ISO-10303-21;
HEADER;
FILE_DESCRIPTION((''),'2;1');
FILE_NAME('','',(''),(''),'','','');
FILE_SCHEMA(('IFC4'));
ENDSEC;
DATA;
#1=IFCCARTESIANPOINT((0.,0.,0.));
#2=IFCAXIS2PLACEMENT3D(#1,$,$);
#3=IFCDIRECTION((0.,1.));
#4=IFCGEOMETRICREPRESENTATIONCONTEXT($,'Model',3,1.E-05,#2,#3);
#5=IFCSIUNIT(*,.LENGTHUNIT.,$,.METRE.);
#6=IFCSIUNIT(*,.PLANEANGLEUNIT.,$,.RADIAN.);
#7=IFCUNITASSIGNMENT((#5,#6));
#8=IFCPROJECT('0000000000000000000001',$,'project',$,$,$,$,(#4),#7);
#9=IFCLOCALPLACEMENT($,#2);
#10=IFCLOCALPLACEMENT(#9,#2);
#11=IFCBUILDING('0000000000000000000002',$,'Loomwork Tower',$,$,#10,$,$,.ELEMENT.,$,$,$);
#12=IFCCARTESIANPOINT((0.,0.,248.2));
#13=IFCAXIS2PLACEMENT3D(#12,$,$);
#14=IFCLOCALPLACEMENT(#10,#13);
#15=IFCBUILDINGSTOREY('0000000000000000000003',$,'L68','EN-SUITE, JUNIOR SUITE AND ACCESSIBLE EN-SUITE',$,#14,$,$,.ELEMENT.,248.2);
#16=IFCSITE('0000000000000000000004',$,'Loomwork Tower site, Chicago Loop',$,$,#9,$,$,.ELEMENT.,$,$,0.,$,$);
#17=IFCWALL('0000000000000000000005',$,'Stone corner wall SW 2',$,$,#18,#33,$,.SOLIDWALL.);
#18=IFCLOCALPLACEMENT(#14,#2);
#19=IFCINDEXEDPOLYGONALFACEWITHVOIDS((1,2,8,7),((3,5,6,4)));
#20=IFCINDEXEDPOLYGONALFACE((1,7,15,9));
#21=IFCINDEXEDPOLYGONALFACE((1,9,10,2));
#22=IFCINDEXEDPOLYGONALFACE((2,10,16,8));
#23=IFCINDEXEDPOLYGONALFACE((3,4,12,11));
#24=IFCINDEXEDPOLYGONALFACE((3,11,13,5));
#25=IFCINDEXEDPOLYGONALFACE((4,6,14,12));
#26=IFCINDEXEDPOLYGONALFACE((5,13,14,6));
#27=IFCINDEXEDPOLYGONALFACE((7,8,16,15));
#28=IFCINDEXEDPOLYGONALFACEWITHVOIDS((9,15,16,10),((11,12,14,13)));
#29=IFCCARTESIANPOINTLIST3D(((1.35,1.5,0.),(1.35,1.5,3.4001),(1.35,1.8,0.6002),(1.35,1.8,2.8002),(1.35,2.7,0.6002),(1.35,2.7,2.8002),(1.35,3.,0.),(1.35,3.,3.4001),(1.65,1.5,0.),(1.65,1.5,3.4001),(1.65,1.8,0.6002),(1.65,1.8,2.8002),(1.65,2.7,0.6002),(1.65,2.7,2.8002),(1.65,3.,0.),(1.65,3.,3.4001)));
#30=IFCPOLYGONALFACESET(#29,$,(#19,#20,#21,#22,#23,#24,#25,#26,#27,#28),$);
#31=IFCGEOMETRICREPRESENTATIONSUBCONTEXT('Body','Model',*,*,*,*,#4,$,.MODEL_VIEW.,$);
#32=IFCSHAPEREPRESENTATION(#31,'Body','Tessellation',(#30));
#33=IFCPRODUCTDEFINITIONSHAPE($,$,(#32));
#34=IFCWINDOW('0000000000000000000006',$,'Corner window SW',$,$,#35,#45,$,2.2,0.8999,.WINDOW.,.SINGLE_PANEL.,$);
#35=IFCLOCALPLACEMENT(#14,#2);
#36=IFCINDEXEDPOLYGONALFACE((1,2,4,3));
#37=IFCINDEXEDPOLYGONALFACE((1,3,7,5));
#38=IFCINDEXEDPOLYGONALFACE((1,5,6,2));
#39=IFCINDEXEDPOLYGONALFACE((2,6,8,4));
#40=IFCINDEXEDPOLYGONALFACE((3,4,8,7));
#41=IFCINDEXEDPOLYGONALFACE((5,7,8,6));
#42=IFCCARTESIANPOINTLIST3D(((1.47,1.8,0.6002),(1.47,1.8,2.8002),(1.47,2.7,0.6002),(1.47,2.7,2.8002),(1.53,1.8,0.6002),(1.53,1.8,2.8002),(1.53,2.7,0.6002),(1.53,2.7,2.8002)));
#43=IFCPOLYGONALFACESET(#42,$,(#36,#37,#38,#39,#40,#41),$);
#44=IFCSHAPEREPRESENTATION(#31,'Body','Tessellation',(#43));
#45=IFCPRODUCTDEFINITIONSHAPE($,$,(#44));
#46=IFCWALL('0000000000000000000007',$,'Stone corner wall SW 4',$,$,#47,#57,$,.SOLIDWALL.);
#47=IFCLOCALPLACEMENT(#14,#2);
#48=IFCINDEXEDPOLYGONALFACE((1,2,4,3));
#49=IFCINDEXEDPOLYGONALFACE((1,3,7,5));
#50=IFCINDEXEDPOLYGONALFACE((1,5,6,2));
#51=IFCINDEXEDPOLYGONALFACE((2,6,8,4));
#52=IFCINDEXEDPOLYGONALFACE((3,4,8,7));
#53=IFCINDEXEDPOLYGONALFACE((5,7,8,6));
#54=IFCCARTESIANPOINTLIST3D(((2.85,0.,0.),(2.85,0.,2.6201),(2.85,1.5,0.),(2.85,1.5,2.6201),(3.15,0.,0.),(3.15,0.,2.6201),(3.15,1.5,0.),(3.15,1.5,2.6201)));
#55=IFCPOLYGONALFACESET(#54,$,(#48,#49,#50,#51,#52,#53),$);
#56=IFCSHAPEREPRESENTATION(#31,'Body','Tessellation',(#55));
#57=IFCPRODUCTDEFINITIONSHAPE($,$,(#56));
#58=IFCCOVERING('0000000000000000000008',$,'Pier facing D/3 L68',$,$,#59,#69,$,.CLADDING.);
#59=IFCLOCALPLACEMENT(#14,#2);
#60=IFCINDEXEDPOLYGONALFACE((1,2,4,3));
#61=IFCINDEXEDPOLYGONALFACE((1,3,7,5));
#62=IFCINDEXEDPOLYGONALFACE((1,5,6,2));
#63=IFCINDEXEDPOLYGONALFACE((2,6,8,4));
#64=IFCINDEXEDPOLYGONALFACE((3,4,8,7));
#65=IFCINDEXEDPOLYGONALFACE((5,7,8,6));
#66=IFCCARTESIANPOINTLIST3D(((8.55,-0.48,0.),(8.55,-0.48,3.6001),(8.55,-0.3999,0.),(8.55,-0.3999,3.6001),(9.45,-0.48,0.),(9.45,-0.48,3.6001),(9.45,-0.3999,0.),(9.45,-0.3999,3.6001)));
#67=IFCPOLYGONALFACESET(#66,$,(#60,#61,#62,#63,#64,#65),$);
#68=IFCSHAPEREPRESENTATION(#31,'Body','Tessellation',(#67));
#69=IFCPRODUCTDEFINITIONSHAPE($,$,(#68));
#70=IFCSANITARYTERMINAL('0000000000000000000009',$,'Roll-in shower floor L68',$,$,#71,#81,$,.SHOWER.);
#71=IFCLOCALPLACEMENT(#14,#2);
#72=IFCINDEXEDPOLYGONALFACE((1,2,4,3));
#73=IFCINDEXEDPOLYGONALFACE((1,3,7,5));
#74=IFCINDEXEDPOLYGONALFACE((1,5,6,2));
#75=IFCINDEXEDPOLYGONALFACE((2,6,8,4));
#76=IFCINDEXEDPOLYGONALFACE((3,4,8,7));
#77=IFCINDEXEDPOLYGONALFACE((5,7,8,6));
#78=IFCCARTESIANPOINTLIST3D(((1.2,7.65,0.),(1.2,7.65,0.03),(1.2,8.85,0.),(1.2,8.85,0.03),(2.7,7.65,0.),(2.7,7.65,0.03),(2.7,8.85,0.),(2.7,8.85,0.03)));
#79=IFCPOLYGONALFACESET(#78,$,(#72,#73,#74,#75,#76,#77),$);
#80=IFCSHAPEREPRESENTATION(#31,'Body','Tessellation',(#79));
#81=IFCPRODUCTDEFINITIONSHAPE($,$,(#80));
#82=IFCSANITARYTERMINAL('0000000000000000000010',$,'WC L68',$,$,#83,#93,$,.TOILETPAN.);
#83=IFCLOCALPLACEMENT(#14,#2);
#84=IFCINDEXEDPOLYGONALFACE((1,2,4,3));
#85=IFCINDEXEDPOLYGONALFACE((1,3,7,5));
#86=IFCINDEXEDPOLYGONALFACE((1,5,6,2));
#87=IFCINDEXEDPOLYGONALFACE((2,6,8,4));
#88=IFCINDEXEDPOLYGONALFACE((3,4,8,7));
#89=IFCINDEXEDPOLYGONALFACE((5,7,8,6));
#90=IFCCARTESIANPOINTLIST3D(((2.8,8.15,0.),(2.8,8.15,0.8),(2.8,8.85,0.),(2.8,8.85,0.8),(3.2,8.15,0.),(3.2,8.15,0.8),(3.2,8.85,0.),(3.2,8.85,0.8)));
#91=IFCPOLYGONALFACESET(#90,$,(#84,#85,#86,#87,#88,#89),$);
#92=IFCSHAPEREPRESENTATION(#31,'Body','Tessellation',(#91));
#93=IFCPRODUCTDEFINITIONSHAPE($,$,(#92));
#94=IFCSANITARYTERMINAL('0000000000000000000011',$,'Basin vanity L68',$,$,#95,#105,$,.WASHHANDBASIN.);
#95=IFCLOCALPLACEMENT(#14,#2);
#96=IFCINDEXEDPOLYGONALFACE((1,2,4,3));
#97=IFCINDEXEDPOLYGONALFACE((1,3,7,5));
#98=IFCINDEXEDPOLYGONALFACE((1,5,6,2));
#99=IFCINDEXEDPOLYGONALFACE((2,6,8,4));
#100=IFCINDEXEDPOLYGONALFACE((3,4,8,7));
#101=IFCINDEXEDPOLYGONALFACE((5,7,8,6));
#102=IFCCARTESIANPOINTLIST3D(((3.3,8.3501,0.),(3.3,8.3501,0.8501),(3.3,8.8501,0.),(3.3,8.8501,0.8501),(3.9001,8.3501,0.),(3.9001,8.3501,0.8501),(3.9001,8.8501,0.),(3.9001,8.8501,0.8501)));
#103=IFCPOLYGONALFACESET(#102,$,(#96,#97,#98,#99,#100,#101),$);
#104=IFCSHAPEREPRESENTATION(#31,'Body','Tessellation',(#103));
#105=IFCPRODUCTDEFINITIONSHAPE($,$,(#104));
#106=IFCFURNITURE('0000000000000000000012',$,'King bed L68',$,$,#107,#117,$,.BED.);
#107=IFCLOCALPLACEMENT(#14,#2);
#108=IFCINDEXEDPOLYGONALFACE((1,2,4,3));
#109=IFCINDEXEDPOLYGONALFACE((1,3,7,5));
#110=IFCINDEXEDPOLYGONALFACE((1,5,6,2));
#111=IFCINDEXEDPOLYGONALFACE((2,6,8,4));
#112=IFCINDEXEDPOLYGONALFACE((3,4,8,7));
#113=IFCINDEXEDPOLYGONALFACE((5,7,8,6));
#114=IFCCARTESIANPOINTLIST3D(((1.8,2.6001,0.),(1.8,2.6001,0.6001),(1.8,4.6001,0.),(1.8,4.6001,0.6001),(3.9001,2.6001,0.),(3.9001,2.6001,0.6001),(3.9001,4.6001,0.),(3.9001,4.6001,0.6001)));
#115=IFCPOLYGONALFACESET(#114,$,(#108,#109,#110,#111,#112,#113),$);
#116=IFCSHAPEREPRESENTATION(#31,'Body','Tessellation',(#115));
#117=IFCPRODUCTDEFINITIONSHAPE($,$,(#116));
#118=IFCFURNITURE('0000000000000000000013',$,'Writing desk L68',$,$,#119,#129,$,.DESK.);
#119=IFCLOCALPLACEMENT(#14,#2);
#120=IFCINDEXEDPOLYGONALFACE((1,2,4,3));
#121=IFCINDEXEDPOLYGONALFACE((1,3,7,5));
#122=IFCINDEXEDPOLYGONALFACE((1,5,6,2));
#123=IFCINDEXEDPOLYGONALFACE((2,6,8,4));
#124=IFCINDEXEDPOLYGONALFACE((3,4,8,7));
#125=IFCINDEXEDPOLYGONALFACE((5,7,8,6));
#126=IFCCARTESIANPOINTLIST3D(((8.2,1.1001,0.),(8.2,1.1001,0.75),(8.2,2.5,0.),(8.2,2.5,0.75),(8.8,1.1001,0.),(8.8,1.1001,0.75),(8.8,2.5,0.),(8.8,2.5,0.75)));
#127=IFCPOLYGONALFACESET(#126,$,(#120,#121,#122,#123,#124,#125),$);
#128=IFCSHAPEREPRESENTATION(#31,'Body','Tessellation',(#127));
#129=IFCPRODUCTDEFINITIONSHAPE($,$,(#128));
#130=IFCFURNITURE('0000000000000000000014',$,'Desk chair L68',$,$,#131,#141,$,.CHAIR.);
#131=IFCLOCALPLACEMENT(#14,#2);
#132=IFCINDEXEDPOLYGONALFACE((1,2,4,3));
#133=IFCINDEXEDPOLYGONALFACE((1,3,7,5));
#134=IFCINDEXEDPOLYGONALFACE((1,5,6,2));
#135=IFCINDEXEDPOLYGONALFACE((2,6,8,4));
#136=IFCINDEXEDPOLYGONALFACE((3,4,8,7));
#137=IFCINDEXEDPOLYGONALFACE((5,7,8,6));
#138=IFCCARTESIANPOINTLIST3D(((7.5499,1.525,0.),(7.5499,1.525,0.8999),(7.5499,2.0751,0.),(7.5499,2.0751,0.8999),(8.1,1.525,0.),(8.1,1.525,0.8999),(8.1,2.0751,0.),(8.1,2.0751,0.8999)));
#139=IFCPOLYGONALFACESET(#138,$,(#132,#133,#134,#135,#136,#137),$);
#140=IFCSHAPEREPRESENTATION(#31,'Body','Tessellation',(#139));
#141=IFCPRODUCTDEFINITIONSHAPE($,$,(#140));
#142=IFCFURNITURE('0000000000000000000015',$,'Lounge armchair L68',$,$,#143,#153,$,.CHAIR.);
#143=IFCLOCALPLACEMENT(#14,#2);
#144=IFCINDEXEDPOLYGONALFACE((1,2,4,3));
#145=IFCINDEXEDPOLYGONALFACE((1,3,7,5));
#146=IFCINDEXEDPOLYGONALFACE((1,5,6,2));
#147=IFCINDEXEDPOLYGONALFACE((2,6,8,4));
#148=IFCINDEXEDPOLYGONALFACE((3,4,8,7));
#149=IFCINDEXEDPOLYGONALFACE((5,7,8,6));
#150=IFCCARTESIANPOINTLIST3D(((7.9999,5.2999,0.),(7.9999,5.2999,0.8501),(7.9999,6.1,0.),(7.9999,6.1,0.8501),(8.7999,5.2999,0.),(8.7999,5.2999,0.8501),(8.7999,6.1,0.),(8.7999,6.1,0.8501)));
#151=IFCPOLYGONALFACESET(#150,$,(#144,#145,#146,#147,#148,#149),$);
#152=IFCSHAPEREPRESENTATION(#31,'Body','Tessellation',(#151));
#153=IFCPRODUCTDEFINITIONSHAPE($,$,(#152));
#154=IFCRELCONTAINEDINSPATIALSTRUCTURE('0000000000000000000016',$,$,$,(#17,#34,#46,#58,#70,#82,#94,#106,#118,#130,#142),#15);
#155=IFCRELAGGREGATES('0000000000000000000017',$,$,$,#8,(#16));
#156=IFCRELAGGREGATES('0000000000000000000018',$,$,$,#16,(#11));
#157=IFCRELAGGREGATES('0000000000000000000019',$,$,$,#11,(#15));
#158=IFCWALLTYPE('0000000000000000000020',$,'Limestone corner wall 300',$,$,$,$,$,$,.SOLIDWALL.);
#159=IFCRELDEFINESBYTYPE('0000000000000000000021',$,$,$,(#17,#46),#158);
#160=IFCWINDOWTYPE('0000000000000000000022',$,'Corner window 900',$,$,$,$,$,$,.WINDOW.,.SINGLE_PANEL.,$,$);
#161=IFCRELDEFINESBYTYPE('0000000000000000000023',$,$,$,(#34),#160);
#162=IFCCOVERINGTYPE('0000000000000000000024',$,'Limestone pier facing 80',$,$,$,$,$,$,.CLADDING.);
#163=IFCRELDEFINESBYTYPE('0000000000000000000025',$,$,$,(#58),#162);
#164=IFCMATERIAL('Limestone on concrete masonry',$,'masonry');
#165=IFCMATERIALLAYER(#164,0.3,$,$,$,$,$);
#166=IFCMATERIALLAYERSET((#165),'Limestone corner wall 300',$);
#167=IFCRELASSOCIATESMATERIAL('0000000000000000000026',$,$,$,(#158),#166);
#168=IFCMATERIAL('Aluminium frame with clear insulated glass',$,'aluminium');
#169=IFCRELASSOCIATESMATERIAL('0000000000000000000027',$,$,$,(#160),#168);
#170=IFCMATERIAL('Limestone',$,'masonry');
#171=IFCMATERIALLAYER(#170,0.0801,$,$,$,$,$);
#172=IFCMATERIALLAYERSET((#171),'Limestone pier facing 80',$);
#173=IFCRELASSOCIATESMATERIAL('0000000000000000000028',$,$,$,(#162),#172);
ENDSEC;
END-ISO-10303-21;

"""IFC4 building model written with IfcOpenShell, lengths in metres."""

from ifc_helpers import new_model, si_unit, direction, frame, frame_2d, origin, origin_2d, place, context, subcontext, project, spatial, rectangle, extrude, material, layer, layer_set, type_object, element, fill, save


model = new_model("IFC4")

# Units and contexts
model_context = context("Model", 3, precision=1e-05, world=origin(), true_north=direction((0.0, 1.0)))
body_context = subcontext(model_context, "Body", "Model", "MODEL_VIEW")
ifc_project = project(units=[si_unit("LENGTHUNIT", "METRE"), si_unit("PLANEANGLEUNIT", "RADIAN")], contexts=[model_context])

# Site, building, storey
site_placement = place(None, origin())
site = spatial("IfcSite", under=ifc_project, at=site_placement, Name="Loomwork Tower site, Chicago Loop", CompositionType="ELEMENT", RefElevation=0.0)
building_placement = place(site_placement, origin())
building = spatial("IfcBuilding", under=site, at=building_placement, Name="Loomwork Tower", CompositionType="ELEMENT")
storey_placement = place(building_placement, frame((0.0, 0.0, 248.2)))
storey = spatial("IfcBuildingStorey", under=building, at=storey_placement, Name="L68", Description="EN-SUITE, JUNIOR SUITE AND ACCESSIBLE EN-SUITE", CompositionType="ELEMENT", Elevation=248.2)

# Wall, opening, window
ifc_material_1 = material(Name="Limestone on concrete masonry", Category="masonry")
ifc_layer_1 = layer(ifc_material_1, 0.3)
ifc_layer_set_1 = layer_set([ifc_layer_1], Name="Limestone corner wall 300")
wall_type_1 = type_object("IfcWallType", Name="Limestone corner wall 300", PredefinedType="SOLIDWALL", material=ifc_layer_set_1)
wall_1_placement = place(storey_placement, frame((1.5, 3.0, 0.0), z_axis=(0.0, 0.0, 1.0), x_axis=(0.0, -1.0, 0.0)))
wall_1 = element("IfcWall", 1, at=wall_1_placement, inside=storey, type_object=wall_type_1, Name="Stone corner wall SW 2", PredefinedType="SOLIDWALL", context=body_context, shape_type="SweptSolid", body=[
    extrude(rectangle(XDim=1.5, YDim=0.3, at=frame_2d((0.75, 0.0))), origin(), (0.0, 0.0, 1.0), 3.4001),
])
opening_1_placement = place(wall_1_placement, frame((0.3, 0.0, 0.6001)))
opening_1 = element("IfcOpeningElement", 2, at=opening_1_placement, cuts=wall_1, PredefinedType="OPENING", context=body_context, shape_type="SweptSolid", body=[
    extrude(rectangle(XDim=0.8999, YDim=2.2, at=frame_2d((0.45, 1.1001))), frame((0.0, 0.1599, 0.0), z_axis=(0.0, -1.0, 0.0), x_axis=(1.0, 0.0, 0.0)), (0.0, 0.0, 1.0), 0.3201),
])
ifc_material_2 = material(Name="Aluminium frame with clear insulated glass", Category="aluminium")
window_type_1 = type_object("IfcWindowType", Name="Corner window 900", PartitioningType="SINGLE_PANEL", PredefinedType="WINDOW", material=ifc_material_2)
window_1_placement = place(opening_1_placement, origin())
window_1 = element("IfcWindow", 3, at=window_1_placement, inside=storey, type_object=window_type_1, Name="Corner window SW", OverallHeight=2.2, OverallWidth=0.8999, PartitioningType="SINGLE_PANEL", PredefinedType="WINDOW", context=body_context, shape_type="SweptSolid", body=[
    extrude(rectangle(XDim=0.8999, YDim=2.2, at=frame_2d((0.45, 1.1001))), frame((0.0, 0.03, 0.0), z_axis=(0.0, -1.0, 0.0), x_axis=(1.0, 0.0, 0.0)), (0.0, 0.0, 1.0), 0.0601),
])
fill(opening_1, window_1)

# Wall
wall_2_placement = place(storey_placement, frame((3.0, 1.5, 0.0), z_axis=(0.0, 0.0, 1.0), x_axis=(0.0, -1.0, 0.0)))
element("IfcWall", 4, at=wall_2_placement, inside=storey, type_object=wall_type_1, Name="Stone corner wall SW 4", PredefinedType="SOLIDWALL", context=body_context, shape_type="SweptSolid", body=[
    extrude(rectangle(XDim=1.5, YDim=0.3, at=frame_2d((0.75, 0.0))), origin(), (0.0, 0.0, 1.0), 2.6201),
])

# Covering
ifc_material_3 = material(Name="Limestone", Category="masonry")
ifc_layer_2 = layer(ifc_material_3, 0.0801)
ifc_layer_set_2 = layer_set([ifc_layer_2], Name="Limestone pier facing 80")
covering_type = type_object("IfcCoveringType", Name="Limestone pier facing 80", PredefinedType="CLADDING", material=ifc_layer_set_2)
covering_placement = place(storey_placement, frame((9.0, -0.4399, 0.0), z_axis=(0.0, 0.0, 1.0), x_axis=(1.0, 0.0, 0.0)))
element("IfcCovering", 5, at=covering_placement, inside=storey, type_object=covering_type, Name="Pier facing D/3 L68", PredefinedType="CLADDING", context=body_context, shape_type="SweptSolid", body=[
    extrude(rectangle(XDim=0.8999, YDim=0.0801, at=origin_2d()), origin(), (0.0, 0.0, 1.0), 3.6001),
])

# Sanitary terminals
sanitary_terminal_1_placement = place(storey_placement, frame((1.95, 8.25, 0.0), z_axis=(0.0, 0.0, 1.0), x_axis=(1.0, 0.0, 0.0)))
element("IfcSanitaryTerminal", 6, at=sanitary_terminal_1_placement, inside=storey, Name="Roll-in shower floor L68", PredefinedType="SHOWER", context=body_context, shape_type="SweptSolid", body=[
    extrude(rectangle(XDim=1.5, YDim=1.2, at=origin_2d()), origin(), (0.0, 0.0, 1.0), 0.03),
])
sanitary_terminal_2_placement = place(storey_placement, frame((3.0, 8.5, 0.0), z_axis=(0.0, 0.0, 1.0), x_axis=(1.0, 0.0, 0.0)))
element("IfcSanitaryTerminal", 7, at=sanitary_terminal_2_placement, inside=storey, Name="WC L68", PredefinedType="TOILETPAN", context=body_context, shape_type="SweptSolid", body=[
    extrude(rectangle(XDim=0.3999, YDim=0.7, at=origin_2d()), origin(), (0.0, 0.0, 1.0), 0.8),
])
sanitary_terminal_3_placement = place(storey_placement, frame((3.6001, 8.6001, 0.0), z_axis=(0.0, 0.0, 1.0), x_axis=(1.0, 0.0, 0.0)))
element("IfcSanitaryTerminal", 8, at=sanitary_terminal_3_placement, inside=storey, Name="Basin vanity L68", PredefinedType="WASHHANDBASIN", context=body_context, shape_type="SweptSolid", body=[
    extrude(rectangle(XDim=0.6001, YDim=0.5, at=origin_2d()), origin(), (0.0, 0.0, 1.0), 0.8501),
])

# Furniture
furniture_1_placement = place(storey_placement, frame((2.8501, 3.6001, 0.0), z_axis=(0.0, 0.0, 1.0), x_axis=(1.0, 0.0, 0.0)))
element("IfcFurniture", 9, at=furniture_1_placement, inside=storey, Name="King bed L68", PredefinedType="BED", context=body_context, shape_type="SweptSolid", body=[
    extrude(rectangle(XDim=2.1001, YDim=2.0, at=origin_2d()), origin(), (0.0, 0.0, 1.0), 0.6001),
])
furniture_2_placement = place(storey_placement, frame((8.5, 1.8, 0.0), z_axis=(0.0, 0.0, 1.0), x_axis=(1.0, 0.0, 0.0)))
element("IfcFurniture", 10, at=furniture_2_placement, inside=storey, Name="Writing desk L68", PredefinedType="DESK", context=body_context, shape_type="SweptSolid", body=[
    extrude(rectangle(XDim=0.6001, YDim=1.3999, at=origin_2d()), origin(), (0.0, 0.0, 1.0), 0.75),
])
furniture_3_placement = place(storey_placement, frame((7.825, 1.8, 0.0), z_axis=(0.0, 0.0, 1.0), x_axis=(1.0, 0.0, 0.0)))
element("IfcFurniture", 11, at=furniture_3_placement, inside=storey, Name="Desk chair L68", PredefinedType="CHAIR", context=body_context, shape_type="SweptSolid", body=[
    extrude(rectangle(XDim=0.55, YDim=0.55, at=origin_2d()), origin(), (0.0, 0.0, 1.0), 0.8999),
])
furniture_4_placement = place(storey_placement, frame((8.3999, 5.7, 0.0), z_axis=(0.0, 0.0, 1.0), x_axis=(1.0, 0.0, 0.0)))
element("IfcFurniture", 12, at=furniture_4_placement, inside=storey, Name="Lounge armchair L68", PredefinedType="CHAIR", context=body_context, shape_type="SweptSolid", body=[
    extrude(rectangle(XDim=0.8, YDim=0.8, at=origin_2d()), origin(), (0.0, 0.0, 1.0), 0.8501),
])

save(model, "model.ifc")
